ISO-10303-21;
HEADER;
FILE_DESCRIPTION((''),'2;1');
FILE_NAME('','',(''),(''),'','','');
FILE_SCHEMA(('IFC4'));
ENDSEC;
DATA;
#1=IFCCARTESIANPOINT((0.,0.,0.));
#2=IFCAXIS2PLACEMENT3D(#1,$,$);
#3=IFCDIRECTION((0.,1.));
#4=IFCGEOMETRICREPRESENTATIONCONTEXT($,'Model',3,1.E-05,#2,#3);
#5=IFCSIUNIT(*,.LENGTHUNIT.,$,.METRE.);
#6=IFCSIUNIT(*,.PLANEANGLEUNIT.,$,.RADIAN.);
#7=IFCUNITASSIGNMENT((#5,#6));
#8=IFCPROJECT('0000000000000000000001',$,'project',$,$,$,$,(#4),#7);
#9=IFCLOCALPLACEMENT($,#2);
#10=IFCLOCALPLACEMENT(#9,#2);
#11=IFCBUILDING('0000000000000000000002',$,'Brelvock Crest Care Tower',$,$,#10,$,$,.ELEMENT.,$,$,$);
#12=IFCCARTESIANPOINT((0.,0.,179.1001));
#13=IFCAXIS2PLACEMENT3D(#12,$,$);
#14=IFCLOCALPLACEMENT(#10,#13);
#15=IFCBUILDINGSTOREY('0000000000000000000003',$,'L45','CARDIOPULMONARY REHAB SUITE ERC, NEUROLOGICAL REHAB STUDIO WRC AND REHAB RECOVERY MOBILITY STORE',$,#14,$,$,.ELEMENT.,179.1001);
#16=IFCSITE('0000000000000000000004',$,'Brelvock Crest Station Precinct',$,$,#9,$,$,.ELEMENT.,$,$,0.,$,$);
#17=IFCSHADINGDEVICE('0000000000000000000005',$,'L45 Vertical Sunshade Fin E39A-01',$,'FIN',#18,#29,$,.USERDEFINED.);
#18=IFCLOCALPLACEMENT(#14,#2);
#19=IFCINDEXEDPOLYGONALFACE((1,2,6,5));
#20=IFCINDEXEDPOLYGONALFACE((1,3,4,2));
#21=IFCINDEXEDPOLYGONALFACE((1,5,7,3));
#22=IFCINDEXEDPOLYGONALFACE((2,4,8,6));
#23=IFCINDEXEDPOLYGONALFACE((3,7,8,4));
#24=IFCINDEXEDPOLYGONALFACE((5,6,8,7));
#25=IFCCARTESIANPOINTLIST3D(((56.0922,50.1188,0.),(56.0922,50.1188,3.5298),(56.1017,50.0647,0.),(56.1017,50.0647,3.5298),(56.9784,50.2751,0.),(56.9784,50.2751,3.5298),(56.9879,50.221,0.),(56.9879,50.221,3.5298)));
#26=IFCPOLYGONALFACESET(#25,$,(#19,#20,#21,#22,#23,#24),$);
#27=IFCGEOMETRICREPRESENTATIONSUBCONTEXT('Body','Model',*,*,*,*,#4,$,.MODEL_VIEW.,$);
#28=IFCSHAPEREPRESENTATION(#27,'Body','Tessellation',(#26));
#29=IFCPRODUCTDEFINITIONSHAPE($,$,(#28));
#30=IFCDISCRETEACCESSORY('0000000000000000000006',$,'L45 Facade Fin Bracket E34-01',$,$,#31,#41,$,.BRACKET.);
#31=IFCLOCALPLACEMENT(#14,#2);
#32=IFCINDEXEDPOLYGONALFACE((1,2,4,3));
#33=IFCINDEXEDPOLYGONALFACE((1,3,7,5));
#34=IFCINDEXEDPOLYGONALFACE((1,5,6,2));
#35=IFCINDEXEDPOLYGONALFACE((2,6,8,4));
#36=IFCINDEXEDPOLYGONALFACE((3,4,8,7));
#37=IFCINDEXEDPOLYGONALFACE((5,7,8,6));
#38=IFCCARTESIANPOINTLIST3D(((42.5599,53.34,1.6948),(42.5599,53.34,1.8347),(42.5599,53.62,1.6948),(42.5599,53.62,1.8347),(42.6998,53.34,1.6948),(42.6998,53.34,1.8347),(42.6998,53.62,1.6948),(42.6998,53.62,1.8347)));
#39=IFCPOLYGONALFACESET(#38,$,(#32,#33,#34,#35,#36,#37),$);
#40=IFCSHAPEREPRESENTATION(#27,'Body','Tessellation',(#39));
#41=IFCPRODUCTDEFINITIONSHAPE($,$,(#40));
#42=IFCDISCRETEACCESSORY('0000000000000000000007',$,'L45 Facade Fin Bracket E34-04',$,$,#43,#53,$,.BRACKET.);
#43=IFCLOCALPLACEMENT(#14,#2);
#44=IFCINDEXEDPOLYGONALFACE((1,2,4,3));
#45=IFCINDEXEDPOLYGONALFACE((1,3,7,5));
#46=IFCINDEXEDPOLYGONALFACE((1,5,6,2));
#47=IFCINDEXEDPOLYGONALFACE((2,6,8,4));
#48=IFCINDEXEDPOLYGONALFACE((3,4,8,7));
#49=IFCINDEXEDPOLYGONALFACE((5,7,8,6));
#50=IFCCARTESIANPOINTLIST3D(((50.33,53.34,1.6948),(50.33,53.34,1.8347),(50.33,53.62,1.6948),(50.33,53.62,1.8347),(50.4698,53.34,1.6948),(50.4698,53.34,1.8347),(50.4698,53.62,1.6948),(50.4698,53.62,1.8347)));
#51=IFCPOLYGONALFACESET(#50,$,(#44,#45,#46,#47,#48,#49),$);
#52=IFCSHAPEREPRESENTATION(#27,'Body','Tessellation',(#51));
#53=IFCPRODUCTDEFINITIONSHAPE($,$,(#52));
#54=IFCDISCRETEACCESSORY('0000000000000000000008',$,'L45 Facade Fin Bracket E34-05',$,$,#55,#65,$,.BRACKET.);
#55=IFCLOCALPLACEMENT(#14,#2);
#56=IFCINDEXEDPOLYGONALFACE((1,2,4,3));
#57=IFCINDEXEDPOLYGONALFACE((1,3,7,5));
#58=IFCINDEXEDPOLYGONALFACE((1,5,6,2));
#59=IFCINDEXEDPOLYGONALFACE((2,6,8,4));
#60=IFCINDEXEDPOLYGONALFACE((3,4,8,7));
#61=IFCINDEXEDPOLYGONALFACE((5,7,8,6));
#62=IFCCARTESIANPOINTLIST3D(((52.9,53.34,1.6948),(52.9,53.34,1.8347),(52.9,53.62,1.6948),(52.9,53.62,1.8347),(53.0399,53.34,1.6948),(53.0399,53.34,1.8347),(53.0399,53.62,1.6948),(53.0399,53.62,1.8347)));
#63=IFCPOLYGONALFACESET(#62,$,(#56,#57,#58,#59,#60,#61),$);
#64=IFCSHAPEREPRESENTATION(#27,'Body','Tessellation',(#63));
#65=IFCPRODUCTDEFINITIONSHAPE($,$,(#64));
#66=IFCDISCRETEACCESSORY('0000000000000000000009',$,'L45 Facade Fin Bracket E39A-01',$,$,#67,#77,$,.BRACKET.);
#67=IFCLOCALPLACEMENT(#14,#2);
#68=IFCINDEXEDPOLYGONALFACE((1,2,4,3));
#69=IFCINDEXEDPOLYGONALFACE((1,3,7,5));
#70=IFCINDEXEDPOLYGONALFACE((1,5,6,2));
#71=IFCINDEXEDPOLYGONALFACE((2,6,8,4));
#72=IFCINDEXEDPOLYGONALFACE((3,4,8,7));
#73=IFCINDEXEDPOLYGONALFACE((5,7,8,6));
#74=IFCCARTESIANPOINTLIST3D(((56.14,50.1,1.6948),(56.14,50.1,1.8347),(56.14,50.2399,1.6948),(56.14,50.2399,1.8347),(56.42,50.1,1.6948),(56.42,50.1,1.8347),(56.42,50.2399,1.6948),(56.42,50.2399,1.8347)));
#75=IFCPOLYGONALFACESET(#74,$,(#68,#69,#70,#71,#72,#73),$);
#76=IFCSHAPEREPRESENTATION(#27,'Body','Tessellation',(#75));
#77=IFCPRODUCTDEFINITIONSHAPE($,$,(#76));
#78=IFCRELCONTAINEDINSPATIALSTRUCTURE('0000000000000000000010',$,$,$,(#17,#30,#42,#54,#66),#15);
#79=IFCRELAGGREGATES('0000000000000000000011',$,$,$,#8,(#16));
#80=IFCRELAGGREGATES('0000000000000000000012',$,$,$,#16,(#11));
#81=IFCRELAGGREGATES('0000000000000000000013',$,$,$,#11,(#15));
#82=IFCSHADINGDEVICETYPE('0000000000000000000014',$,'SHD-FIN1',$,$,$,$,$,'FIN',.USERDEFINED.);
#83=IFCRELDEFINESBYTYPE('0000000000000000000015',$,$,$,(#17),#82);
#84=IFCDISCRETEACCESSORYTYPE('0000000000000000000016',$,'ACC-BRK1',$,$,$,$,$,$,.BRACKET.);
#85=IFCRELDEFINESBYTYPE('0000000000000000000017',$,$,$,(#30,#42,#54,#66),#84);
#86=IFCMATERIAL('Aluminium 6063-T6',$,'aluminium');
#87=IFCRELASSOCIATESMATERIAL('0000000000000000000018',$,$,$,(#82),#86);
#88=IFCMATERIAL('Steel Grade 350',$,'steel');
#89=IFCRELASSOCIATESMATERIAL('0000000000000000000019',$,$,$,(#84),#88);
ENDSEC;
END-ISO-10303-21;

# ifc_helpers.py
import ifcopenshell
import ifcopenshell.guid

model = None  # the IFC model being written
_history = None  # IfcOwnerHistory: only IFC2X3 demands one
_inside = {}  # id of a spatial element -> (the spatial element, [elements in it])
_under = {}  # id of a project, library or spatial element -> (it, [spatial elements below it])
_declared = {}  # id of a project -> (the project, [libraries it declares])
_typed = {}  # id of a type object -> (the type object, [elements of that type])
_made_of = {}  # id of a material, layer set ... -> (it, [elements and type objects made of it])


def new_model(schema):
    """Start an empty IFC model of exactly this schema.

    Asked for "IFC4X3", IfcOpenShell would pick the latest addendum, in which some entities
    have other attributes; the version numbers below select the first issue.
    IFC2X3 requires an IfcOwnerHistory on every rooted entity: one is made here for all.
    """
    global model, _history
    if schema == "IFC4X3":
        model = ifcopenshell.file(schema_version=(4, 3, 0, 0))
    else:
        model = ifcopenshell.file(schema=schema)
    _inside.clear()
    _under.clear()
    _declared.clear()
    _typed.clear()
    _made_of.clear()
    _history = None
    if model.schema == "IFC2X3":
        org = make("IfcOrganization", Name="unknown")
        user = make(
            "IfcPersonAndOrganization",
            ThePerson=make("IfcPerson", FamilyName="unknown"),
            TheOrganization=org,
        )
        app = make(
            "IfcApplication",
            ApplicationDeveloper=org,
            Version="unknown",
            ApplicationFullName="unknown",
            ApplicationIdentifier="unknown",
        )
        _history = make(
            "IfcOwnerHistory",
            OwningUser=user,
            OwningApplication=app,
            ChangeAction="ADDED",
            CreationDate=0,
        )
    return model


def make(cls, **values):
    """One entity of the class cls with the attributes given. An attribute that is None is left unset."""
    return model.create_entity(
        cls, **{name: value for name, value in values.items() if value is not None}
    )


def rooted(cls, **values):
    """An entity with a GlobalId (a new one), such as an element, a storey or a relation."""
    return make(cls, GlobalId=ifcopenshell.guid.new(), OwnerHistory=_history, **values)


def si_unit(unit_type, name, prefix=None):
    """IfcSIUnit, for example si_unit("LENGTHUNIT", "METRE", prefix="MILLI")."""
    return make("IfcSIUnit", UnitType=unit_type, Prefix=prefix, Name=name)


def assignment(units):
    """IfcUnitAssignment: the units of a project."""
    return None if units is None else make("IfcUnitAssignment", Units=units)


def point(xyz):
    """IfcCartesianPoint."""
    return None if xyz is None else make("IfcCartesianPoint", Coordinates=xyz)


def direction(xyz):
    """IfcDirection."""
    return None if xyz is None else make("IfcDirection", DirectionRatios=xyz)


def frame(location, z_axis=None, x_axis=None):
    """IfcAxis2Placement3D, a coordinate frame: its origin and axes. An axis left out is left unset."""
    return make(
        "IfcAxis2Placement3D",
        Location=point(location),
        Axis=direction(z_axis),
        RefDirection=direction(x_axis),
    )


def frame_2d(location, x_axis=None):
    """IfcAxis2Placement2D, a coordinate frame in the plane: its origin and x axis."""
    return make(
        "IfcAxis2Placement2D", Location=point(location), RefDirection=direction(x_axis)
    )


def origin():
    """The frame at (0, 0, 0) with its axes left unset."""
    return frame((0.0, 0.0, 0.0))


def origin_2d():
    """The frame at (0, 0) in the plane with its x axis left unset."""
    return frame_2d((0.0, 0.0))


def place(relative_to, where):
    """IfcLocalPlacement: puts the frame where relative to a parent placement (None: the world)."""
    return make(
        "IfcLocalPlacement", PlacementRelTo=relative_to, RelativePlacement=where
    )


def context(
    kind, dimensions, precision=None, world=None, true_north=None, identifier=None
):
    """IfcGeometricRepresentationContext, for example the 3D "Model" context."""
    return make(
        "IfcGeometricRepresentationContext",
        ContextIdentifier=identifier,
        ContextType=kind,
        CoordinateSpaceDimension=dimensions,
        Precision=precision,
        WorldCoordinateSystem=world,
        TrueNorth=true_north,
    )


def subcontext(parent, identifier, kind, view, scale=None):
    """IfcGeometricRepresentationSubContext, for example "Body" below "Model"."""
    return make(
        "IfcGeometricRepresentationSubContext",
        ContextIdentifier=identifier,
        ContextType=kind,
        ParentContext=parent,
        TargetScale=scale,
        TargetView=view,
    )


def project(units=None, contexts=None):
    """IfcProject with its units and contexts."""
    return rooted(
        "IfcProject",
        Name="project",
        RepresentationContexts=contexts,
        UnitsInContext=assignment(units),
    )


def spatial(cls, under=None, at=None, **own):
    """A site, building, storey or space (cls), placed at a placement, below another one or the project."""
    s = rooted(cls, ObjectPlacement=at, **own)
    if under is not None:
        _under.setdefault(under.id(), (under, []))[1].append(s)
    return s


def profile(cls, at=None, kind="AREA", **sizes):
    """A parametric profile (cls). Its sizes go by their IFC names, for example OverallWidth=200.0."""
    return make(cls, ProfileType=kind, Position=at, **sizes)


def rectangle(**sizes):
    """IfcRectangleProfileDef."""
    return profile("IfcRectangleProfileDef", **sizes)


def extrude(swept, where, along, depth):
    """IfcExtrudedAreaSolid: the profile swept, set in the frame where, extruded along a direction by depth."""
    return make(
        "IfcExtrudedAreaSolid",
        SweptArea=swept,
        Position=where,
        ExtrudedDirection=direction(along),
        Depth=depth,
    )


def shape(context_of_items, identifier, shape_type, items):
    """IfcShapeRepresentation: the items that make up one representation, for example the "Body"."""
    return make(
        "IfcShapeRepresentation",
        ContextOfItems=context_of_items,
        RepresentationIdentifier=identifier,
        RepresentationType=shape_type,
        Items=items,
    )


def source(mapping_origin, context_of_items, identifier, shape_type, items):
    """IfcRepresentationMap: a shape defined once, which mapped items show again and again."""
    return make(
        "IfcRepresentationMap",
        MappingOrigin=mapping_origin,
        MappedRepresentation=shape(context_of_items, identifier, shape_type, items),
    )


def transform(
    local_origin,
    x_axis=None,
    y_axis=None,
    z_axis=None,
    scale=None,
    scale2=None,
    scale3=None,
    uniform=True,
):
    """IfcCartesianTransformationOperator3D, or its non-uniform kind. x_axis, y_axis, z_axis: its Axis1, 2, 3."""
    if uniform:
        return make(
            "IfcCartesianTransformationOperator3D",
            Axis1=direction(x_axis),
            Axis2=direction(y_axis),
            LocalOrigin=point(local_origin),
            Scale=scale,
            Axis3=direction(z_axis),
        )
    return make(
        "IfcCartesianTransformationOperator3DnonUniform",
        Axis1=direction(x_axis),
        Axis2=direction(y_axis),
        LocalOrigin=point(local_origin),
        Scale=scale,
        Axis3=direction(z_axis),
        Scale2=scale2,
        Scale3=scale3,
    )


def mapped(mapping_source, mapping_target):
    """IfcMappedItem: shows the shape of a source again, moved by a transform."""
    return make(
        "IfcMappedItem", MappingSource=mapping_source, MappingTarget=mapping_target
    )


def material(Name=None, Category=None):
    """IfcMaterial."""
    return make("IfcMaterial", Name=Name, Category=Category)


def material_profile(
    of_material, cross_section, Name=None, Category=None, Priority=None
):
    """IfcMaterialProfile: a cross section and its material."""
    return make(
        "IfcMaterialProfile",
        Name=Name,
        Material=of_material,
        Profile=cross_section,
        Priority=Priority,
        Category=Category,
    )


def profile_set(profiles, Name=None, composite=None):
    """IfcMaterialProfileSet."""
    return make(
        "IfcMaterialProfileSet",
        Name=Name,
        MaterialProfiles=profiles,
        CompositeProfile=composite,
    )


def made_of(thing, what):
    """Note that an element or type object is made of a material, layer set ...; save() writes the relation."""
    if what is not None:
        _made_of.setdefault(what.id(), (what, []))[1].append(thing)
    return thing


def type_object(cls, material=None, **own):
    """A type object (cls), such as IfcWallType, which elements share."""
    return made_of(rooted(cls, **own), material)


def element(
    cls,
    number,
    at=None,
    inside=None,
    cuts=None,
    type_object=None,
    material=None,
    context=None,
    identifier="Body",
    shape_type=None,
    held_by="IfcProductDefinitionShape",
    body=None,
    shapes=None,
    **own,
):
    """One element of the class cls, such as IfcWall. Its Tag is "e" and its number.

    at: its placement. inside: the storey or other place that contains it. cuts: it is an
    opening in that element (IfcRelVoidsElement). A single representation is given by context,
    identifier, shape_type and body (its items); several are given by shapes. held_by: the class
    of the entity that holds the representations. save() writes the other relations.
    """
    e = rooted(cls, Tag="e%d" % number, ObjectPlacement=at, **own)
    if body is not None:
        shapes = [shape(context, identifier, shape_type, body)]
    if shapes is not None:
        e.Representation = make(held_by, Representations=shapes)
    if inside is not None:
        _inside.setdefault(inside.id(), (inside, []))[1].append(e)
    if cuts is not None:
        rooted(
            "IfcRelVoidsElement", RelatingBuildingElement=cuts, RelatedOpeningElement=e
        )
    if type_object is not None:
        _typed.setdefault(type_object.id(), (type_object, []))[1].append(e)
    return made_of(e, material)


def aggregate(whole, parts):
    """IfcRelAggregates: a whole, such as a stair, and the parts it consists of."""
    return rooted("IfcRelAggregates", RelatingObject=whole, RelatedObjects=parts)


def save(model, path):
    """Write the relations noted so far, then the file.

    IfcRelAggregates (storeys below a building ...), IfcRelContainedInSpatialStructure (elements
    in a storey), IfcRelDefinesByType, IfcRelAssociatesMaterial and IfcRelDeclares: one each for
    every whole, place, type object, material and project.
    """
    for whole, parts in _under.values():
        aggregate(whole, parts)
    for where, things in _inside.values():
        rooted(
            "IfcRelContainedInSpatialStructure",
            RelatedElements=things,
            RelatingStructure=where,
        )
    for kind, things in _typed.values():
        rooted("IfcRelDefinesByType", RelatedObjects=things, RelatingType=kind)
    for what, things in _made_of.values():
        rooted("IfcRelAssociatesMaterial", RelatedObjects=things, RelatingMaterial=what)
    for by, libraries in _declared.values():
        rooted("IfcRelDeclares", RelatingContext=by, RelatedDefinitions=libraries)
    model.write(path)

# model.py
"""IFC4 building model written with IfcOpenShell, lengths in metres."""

from ifc_helpers import new_model, si_unit, direction, frame, origin, origin_2d, place, context, subcontext, project, spatial, rectangle, extrude, source, transform, mapped, material, material_profile, profile_set, type_object, element, save


model = new_model("IFC4")

# Units and contexts
model_context = context("Model", 3, precision=1e-05, world=origin(), true_north=direction((0.0, 1.0)))
body_context = subcontext(model_context, "Body", "Model", "MODEL_VIEW")
ifc_project = project(units=[si_unit("LENGTHUNIT", "METRE"), si_unit("PLANEANGLEUNIT", "RADIAN")], contexts=[model_context])

# Site, building, storey
site_placement = place(None, origin())
site = spatial("IfcSite", under=ifc_project, at=site_placement, Name="Brelvock Crest Station Precinct", CompositionType="ELEMENT", RefElevation=0.0)
building_placement = place(site_placement, origin())
building = spatial("IfcBuilding", under=site, at=building_placement, Name="Brelvock Crest Care Tower", CompositionType="ELEMENT")
storey_placement = place(building_placement, frame((0.0, 0.0, 179.1001)))
storey = spatial("IfcBuildingStorey", under=building, at=storey_placement, Name="L45", Description="CARDIOPULMONARY REHAB SUITE ERC, NEUROLOGICAL REHAB STUDIO WRC AND REHAB RECOVERY MOBILITY STORE", CompositionType="ELEMENT", Elevation=179.1001)

# Shared definitions
ifc_material_1 = material(Name="Aluminium 6063-T6", Category="aluminium")

# Shading device
ifc_material_profile_1 = material_profile(ifc_material_1, rectangle(XDim=0.0549, YDim=0.8999, at=origin_2d()), Name="FIN55x900")
ifc_profile_set_1 = profile_set([ifc_material_profile_1], Name="Aluminium 6063-T6")
shading_device_type = type_object("IfcShadingDeviceType", Name="SHD-FIN1", ElementType="FIN", PredefinedType="USERDEFINED", material=ifc_profile_set_1)
shared_shape_1 = source(origin(), body_context, "Body", "SweptSolid", [
    extrude(rectangle(XDim=0.0549, YDim=0.8999, at=origin_2d()), origin(), (0.0, 0.0, 1.0), 3.5298),
])
for number, where, z_axis, x_axis, name in (
    (1, (56.54, 50.1699, 0.0), (0.0, 0.0, 1.0), (0.173648, -0.984808, 0.0), "L45 Vertical Sunshade Fin E39A-01"),
):
    element("IfcShadingDevice", number, at=place(storey_placement, frame(where, z_axis=z_axis, x_axis=x_axis)), inside=storey, type_object=shading_device_type, Name=name, ObjectType="FIN", PredefinedType="USERDEFINED", context=body_context, shape_type="MappedRepresentation", body=[
        mapped(shared_shape_1, transform((0.0, 0.0, 0.0), x_axis=(1.0, 0.0, 0.0), y_axis=(0.0, 1.0, 0.0), z_axis=(0.0, 0.0, 1.0), scale=1.0)),
    ])

# Discrete accessories
ifc_material_2 = material(Name="Steel Grade 350", Category="steel")
discrete_accessory_type = type_object("IfcDiscreteAccessoryType", Name="ACC-BRK1", PredefinedType="BRACKET", material=ifc_material_2)
shared_shape_2 = source(origin(), body_context, "Body", "SweptSolid", [
    extrude(rectangle(XDim=0.28, YDim=0.1399, at=origin_2d()), origin(), (0.0, 0.0, 1.0), 0.1399),
])
for number, where, z_axis, x_axis, name in (
    (2, (42.6299, 53.48, 1.6948), (0.0, 0.0, 1.0), (0.0, 1.0, 0.0), "L45 Facade Fin Bracket E34-01"),
    (3, (50.3999, 53.48, 1.6948), (0.0, 0.0, 1.0), (0.0, 1.0, 0.0), "L45 Facade Fin Bracket E34-04"),
    (4, (52.97, 53.48, 1.6948), (0.0, 0.0, 1.0), (0.0, 1.0, 0.0), "L45 Facade Fin Bracket E34-05"),
    (5, (56.28, 50.1699, 1.6948), (0.0, 0.0, 1.0), (1.0, 0.0, 0.0), "L45 Facade Fin Bracket E39A-01"),
):
    element("IfcDiscreteAccessory", number, at=place(storey_placement, frame(where, z_axis=z_axis, x_axis=x_axis)), inside=storey, type_object=discrete_accessory_type, Name=name, PredefinedType="BRACKET", context=body_context, shape_type="MappedRepresentation", body=[
        mapped(shared_shape_2, transform((0.0, 0.0, 0.0), x_axis=(1.0, 0.0, 0.0), y_axis=(0.0, 1.0, 0.0), z_axis=(0.0, 0.0, 1.0), scale=1.0)),
    ])

save(model, "model.ifc")
